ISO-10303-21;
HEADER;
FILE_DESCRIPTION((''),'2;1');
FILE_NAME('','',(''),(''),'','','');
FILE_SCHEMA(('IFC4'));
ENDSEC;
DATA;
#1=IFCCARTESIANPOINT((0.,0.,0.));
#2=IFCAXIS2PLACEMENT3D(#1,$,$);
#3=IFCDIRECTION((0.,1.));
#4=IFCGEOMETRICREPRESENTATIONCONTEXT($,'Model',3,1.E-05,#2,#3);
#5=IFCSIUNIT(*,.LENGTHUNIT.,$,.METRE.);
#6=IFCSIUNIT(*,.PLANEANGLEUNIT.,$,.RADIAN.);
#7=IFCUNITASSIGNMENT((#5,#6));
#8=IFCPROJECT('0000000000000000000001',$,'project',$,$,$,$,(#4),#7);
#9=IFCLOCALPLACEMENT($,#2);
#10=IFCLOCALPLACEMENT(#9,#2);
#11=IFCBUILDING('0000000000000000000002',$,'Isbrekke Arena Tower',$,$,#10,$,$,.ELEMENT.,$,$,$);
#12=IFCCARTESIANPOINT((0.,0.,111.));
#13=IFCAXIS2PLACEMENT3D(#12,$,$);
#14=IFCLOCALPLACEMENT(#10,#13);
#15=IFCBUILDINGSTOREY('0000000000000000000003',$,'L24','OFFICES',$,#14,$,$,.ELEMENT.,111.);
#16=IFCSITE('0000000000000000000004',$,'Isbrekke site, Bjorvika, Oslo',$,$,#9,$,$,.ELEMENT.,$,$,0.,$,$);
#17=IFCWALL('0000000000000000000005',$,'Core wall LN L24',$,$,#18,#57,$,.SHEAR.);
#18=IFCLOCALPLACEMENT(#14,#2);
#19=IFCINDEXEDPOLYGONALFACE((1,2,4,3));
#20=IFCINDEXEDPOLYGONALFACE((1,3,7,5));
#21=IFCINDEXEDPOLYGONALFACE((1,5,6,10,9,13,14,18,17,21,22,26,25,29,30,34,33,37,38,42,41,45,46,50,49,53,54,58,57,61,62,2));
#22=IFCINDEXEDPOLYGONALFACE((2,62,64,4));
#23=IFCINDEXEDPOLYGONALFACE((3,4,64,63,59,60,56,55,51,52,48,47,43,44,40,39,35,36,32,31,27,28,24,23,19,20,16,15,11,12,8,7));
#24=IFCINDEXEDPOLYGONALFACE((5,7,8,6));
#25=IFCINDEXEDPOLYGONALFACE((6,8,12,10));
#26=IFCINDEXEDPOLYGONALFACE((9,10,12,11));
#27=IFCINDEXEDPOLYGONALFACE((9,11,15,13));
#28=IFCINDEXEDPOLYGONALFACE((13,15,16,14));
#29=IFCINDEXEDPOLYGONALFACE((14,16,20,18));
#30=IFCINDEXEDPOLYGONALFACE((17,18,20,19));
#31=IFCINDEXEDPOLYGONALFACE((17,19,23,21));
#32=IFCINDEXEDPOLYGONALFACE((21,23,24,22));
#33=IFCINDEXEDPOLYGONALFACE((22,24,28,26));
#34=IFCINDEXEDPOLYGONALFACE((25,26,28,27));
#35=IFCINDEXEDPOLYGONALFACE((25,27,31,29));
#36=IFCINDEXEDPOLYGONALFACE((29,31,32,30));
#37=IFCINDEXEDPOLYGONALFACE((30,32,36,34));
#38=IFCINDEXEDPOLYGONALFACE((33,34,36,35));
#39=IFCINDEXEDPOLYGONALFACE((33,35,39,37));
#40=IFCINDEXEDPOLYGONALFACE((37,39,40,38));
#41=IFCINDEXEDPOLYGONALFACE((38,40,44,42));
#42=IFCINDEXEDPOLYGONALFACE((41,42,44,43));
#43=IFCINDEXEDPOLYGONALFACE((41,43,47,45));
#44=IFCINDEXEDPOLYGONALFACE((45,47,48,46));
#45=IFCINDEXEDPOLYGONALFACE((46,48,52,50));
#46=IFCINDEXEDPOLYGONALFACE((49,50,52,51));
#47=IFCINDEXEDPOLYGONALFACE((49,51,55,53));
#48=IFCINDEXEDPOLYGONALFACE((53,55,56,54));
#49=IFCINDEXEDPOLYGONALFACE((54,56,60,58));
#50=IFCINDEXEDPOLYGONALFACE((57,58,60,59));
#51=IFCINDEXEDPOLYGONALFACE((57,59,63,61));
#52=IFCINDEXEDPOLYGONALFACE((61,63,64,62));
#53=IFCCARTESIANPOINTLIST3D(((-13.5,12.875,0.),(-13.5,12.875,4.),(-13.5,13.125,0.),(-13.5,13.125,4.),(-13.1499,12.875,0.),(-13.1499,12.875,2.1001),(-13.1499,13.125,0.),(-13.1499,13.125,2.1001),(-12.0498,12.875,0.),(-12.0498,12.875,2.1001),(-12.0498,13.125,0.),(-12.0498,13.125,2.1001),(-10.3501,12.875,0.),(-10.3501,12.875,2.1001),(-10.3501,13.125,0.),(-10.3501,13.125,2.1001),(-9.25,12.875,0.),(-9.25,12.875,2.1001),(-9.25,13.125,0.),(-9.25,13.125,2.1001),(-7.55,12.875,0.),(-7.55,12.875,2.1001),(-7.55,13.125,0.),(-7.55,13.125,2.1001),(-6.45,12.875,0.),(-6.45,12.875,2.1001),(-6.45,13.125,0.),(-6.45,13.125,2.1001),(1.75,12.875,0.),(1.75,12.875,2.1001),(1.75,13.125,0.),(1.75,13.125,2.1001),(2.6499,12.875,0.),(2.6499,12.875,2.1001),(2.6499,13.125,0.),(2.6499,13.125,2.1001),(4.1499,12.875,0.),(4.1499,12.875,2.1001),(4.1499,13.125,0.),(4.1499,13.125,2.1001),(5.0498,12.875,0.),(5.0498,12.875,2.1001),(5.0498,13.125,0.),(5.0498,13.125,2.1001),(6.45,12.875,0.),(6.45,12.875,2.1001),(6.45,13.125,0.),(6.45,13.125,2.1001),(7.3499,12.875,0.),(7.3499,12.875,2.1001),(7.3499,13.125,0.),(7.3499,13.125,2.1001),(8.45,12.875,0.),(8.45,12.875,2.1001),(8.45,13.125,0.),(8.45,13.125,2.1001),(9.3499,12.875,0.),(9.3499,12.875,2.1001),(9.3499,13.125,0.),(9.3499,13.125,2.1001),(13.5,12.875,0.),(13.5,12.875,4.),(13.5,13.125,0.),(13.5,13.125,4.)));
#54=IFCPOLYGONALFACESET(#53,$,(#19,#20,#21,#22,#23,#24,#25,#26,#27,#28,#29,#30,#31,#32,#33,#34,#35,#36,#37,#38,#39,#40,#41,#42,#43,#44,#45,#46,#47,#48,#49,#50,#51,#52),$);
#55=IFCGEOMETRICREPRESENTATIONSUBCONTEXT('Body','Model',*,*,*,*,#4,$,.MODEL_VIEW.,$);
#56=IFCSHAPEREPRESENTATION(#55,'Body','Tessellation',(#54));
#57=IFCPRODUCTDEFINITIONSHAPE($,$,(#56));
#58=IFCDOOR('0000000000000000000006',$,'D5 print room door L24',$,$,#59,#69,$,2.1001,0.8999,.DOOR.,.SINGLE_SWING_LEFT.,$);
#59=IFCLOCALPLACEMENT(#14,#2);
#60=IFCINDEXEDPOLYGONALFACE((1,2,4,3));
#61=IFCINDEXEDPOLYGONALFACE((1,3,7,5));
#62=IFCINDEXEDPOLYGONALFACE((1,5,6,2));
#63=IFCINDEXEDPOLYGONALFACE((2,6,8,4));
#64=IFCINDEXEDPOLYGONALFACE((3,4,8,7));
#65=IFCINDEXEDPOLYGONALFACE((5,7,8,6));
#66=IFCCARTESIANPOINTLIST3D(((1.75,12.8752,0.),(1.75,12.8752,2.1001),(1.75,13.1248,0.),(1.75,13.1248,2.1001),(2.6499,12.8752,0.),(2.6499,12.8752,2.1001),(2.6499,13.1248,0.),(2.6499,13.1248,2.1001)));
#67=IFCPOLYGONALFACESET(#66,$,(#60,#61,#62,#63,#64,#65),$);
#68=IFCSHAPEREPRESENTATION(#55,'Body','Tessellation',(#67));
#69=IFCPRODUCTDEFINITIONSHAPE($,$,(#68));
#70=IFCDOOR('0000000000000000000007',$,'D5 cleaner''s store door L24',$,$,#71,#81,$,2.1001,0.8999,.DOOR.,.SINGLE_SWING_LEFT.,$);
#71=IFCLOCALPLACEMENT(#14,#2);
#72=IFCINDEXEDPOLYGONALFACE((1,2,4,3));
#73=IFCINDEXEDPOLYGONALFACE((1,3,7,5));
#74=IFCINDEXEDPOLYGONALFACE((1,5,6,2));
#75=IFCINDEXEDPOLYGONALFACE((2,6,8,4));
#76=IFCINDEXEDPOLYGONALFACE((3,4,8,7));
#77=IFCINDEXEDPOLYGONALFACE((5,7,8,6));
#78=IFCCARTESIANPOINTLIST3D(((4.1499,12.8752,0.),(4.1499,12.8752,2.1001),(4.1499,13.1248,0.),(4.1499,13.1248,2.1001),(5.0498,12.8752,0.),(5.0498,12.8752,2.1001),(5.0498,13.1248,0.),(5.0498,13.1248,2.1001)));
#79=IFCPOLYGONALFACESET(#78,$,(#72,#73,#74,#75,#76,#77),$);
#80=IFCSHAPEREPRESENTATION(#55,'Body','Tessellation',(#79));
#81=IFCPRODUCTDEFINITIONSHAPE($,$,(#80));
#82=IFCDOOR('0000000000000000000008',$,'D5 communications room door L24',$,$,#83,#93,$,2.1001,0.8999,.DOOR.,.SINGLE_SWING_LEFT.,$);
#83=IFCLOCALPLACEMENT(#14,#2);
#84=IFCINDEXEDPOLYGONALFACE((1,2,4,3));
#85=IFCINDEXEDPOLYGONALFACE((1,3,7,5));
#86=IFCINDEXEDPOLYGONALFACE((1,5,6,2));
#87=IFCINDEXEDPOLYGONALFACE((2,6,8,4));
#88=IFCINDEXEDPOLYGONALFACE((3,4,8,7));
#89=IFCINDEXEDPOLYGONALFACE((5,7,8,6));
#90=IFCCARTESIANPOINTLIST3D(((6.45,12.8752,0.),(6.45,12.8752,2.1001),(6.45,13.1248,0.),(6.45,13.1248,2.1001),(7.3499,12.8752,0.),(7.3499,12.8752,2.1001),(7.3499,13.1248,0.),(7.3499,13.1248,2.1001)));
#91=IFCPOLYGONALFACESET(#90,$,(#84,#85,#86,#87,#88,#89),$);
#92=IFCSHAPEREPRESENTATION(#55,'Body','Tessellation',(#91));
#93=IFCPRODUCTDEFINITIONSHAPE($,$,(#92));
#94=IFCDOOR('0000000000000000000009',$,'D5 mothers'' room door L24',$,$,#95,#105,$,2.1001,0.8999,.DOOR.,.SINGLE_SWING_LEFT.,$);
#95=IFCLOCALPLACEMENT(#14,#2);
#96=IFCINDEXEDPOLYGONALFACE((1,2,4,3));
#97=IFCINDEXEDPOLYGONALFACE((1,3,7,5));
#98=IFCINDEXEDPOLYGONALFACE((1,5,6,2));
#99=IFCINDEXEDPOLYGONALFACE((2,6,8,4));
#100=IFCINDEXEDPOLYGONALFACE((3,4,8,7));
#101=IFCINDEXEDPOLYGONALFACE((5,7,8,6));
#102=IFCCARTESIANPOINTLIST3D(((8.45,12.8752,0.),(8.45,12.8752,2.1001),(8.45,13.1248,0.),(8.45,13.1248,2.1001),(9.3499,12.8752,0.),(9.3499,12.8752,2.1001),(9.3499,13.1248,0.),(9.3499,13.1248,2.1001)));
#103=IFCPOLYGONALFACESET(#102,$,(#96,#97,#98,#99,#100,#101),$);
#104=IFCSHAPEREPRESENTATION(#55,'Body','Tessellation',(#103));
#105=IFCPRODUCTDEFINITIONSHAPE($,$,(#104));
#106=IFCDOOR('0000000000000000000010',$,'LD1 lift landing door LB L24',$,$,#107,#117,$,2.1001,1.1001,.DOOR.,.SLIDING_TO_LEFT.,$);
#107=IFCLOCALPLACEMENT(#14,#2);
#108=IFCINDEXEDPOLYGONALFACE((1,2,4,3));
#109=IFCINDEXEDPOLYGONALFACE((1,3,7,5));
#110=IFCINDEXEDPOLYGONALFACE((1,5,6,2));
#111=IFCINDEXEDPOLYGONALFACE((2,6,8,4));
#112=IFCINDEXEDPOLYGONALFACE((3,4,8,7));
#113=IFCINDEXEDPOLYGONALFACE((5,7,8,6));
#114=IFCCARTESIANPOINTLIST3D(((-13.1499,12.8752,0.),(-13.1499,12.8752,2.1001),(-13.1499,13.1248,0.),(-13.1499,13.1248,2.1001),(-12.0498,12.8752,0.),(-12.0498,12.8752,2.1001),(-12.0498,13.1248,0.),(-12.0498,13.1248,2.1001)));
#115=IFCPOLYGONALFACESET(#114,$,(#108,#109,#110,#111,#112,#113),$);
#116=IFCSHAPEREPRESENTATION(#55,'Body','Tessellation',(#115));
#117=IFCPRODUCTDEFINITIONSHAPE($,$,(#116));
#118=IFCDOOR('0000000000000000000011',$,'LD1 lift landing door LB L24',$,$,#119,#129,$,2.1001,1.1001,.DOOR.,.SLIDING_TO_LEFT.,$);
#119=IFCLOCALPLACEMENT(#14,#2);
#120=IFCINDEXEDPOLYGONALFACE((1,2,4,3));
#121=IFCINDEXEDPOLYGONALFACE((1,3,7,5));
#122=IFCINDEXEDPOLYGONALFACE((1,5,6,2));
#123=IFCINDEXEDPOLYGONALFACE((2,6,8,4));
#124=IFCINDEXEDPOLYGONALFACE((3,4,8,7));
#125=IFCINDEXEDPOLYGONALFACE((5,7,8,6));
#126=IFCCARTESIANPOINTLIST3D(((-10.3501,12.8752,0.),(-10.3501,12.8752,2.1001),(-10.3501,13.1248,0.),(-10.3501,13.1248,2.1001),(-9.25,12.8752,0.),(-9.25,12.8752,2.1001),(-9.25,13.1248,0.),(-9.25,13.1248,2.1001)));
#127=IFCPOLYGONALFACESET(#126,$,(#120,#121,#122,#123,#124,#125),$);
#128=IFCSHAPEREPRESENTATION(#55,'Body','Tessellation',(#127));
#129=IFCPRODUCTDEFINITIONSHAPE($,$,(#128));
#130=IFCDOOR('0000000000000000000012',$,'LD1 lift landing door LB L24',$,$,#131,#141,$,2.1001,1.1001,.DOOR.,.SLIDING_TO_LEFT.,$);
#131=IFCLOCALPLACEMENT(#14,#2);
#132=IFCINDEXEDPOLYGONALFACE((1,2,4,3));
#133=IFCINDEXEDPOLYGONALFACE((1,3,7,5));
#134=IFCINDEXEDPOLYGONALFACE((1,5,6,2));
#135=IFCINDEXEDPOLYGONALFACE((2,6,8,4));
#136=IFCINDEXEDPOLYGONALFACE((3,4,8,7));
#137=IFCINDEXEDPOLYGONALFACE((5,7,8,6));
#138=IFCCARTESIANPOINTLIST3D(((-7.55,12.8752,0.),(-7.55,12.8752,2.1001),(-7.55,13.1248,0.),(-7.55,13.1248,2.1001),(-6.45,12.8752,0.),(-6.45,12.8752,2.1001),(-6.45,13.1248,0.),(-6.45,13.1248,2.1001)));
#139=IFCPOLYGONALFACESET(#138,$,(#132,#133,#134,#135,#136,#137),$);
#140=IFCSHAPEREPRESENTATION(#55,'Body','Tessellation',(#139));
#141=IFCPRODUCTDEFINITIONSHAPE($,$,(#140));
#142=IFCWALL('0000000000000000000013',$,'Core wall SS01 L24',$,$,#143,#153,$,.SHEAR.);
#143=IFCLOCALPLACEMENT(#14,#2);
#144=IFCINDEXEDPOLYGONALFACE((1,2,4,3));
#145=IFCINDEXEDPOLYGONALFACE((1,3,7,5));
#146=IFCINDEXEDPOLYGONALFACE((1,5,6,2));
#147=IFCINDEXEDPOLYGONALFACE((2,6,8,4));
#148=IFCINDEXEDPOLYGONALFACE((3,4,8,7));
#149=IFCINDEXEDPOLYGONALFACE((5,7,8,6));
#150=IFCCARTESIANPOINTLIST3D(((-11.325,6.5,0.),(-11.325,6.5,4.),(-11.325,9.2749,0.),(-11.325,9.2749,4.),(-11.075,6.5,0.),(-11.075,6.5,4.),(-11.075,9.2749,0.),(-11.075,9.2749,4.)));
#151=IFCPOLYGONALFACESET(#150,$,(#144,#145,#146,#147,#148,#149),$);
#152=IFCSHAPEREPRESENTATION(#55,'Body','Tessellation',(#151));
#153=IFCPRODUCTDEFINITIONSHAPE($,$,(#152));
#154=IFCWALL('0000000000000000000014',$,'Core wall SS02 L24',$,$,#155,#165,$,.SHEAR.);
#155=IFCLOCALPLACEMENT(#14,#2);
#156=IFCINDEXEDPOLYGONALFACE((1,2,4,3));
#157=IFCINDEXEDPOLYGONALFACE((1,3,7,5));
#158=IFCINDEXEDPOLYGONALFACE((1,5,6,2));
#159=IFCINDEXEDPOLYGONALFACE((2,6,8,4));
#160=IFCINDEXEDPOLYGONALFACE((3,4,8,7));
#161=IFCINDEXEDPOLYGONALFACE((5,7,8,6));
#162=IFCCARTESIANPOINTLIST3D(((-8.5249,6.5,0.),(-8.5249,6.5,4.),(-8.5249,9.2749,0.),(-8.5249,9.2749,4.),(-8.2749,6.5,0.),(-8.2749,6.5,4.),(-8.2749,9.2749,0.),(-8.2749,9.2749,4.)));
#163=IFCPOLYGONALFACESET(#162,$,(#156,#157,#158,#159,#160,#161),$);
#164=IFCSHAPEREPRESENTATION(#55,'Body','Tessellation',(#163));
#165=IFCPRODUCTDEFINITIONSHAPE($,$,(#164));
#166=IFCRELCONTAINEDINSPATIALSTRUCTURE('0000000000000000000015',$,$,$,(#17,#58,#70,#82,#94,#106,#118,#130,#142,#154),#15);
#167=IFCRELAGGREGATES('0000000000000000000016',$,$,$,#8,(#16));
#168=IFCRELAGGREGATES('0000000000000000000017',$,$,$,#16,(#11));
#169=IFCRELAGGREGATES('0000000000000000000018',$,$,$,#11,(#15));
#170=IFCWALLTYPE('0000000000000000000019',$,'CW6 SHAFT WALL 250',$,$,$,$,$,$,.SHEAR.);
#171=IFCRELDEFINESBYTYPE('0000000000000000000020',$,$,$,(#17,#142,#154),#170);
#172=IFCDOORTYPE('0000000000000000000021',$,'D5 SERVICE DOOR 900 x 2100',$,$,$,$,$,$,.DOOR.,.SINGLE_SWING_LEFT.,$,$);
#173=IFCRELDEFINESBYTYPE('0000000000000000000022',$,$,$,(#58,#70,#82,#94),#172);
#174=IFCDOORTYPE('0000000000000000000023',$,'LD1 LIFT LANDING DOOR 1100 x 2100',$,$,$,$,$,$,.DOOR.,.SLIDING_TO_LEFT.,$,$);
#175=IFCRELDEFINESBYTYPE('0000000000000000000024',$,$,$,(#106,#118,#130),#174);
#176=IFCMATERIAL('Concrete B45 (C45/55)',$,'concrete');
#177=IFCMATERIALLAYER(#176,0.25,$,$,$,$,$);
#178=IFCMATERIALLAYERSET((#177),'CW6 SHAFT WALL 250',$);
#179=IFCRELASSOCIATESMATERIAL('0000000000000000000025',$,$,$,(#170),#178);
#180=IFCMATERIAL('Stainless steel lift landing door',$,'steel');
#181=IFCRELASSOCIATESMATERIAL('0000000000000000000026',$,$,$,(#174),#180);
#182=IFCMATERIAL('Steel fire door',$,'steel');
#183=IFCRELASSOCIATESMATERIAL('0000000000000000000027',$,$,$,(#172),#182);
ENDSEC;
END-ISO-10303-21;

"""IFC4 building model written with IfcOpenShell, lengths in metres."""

from ifc_helpers import new_model, si_unit, direction, frame, frame_2d, origin, place, context, subcontext, project, spatial, rectangle, extrude, material, layer, layer_set, type_object, element, fill, save


model = new_model("IFC4")

# Units and contexts
model_context = context("Model", 3, precision=1e-05, world=origin(), true_north=direction((0.0, 1.0)))
body_context = subcontext(model_context, "Body", "Model", "MODEL_VIEW")
ifc_project = project(units=[si_unit("LENGTHUNIT", "METRE"), si_unit("PLANEANGLEUNIT", "RADIAN")], contexts=[model_context])

# Site, building, storey
site_placement = place(None, origin())
site = spatial("IfcSite", under=ifc_project, at=site_placement, Name="Isbrekke site, Bjorvika, Oslo", CompositionType="ELEMENT", RefElevation=0.0)
building_placement = place(site_placement, origin())
building = spatial("IfcBuilding", under=site, at=building_placement, Name="Isbrekke Arena Tower", CompositionType="ELEMENT")
storey_placement = place(building_placement, frame((0.0, 0.0, 111.0)))
storey = spatial("IfcBuildingStorey", under=building, at=storey_placement, Name="L24", Description="OFFICES", CompositionType="ELEMENT", Elevation=111.0)

# Wall, openings, doors
ifc_material_1 = material(Name="Concrete B45 (C45/55)", Category="concrete")
ifc_layer_1 = layer(ifc_material_1, 0.25)
ifc_layer_set_1 = layer_set([ifc_layer_1], Name="CW6 SHAFT WALL 250")
wall_type_1 = type_object("IfcWallType", Name="CW6 SHAFT WALL 250", PredefinedType="SHEAR", material=ifc_layer_set_1)
ifc_material_2 = material(Name="Stainless steel lift landing door", Category="steel")
door_type_1 = type_object("IfcDoorType", Name="LD1 LIFT LANDING DOOR 1100 x 2100", OperationType="SLIDING_TO_LEFT", PredefinedType="DOOR", material=ifc_material_2)
wall_1_placement = place(storey_placement, frame((-13.5, 13.0, 0.0), z_axis=(0.0, 0.0, 1.0), x_axis=(1.0, 0.0, 0.0)))
wall_1 = element("IfcWall", 1, at=wall_1_placement, inside=storey, type_object=wall_type_1, Name="Core wall LN L24", PredefinedType="SHEAR", context=body_context, shape_type="SweptSolid", body=[
    extrude(rectangle(XDim=27.0, YDim=0.25, at=frame_2d((13.5, 0.0))), origin(), (0.0, 0.0, 1.0), 4.0),
])
opening_1_placement = place(wall_1_placement, frame((0.3501, 0.0, 0.0)))
opening_1 = element("IfcOpeningElement", 2, at=opening_1_placement, cuts=wall_1, PredefinedType="OPENING", context=body_context, shape_type="SweptSolid", body=[
    extrude(rectangle(XDim=1.1001, YDim=2.1001, at=frame_2d((0.55, 1.05))), frame((0.0, 0.1399, 0.0), z_axis=(0.0, -1.0, 0.0), x_axis=(1.0, 0.0, 0.0)), (0.0, 0.0, 1.0), 0.2798),
])
opening_2_placement = place(wall_1_placement, frame((3.1499, 0.0, 0.0)))
opening_2 = element("IfcOpeningElement", 3, at=opening_2_placement, cuts=wall_1, PredefinedType="OPENING", context=body_context, shape_type="SweptSolid", body=[
    extrude(rectangle(XDim=1.1001, YDim=2.1001, at=frame_2d((0.55, 1.05))), frame((0.0, 0.1399, 0.0), z_axis=(0.0, -1.0, 0.0), x_axis=(1.0, 0.0, 0.0)), (0.0, 0.0, 1.0), 0.2798),
])
opening_3_placement = place(wall_1_placement, frame((5.95, 0.0, 0.0)))
opening_3 = element("IfcOpeningElement", 4, at=opening_3_placement, cuts=wall_1, PredefinedType="OPENING", context=body_context, shape_type="SweptSolid", body=[
    extrude(rectangle(XDim=1.1001, YDim=2.1001, at=frame_2d((0.55, 1.05))), frame((0.0, 0.1399, 0.0), z_axis=(0.0, -1.0, 0.0), x_axis=(1.0, 0.0, 0.0)), (0.0, 0.0, 1.0), 0.2798),
])
opening_4_placement = place(wall_1_placement, frame((15.25, 0.0, 0.0)))
opening_4 = element("IfcOpeningElement", 5, at=opening_4_placement, cuts=wall_1, PredefinedType="OPENING", context=body_context, shape_type="SweptSolid", body=[
    extrude(rectangle(XDim=0.8999, YDim=2.1001, at=frame_2d((0.45, 1.05))), frame((0.0, 0.1399, 0.0), z_axis=(0.0, -1.0, 0.0), x_axis=(1.0, 0.0, 0.0)), (0.0, 0.0, 1.0), 0.2798),
])
opening_5_placement = place(wall_1_placement, frame((17.6499, 0.0, 0.0)))
opening_5 = element("IfcOpeningElement", 6, at=opening_5_placement, cuts=wall_1, PredefinedType="OPENING", context=body_context, shape_type="SweptSolid", body=[
    extrude(rectangle(XDim=0.8999, YDim=2.1001, at=frame_2d((0.45, 1.05))), frame((0.0, 0.1399, 0.0), z_axis=(0.0, -1.0, 0.0), x_axis=(1.0, 0.0, 0.0)), (0.0, 0.0, 1.0), 0.2798),
])
opening_6_placement = place(wall_1_placement, frame((19.95, 0.0, 0.0)))
opening_6 = element("IfcOpeningElement", 7, at=opening_6_placement, cuts=wall_1, PredefinedType="OPENING", context=body_context, shape_type="SweptSolid", body=[
    extrude(rectangle(XDim=0.8999, YDim=2.1001, at=frame_2d((0.45, 1.05))), frame((0.0, 0.1399, 0.0), z_axis=(0.0, -1.0, 0.0), x_axis=(1.0, 0.0, 0.0)), (0.0, 0.0, 1.0), 0.2798),
])
opening_7_placement = place(wall_1_placement, frame((21.95, 0.0, 0.0)))
opening_7 = element("IfcOpeningElement", 8, at=opening_7_placement, cuts=wall_1, PredefinedType="OPENING", context=body_context, shape_type="SweptSolid", body=[
    extrude(rectangle(XDim=0.8999, YDim=2.1001, at=frame_2d((0.45, 1.05))), frame((0.0, 0.1399, 0.0), z_axis=(0.0, -1.0, 0.0), x_axis=(1.0, 0.0, 0.0)), (0.0, 0.0, 1.0), 0.2798),
])
ifc_material_3 = material(Name="Steel fire door", Category="steel")
door_type_2 = type_object("IfcDoorType", Name="D5 SERVICE DOOR 900 x 2100", OperationType="SINGLE_SWING_LEFT", PredefinedType="DOOR", material=ifc_material_3)
door_1_placement = place(opening_4_placement, origin())
door_1 = element("IfcDoor", 9, at=door_1_placement, inside=storey, type_object=door_type_2, Name="D5 print room door L24", OperationType="SINGLE_SWING_LEFT", OverallHeight=2.1001, OverallWidth=0.8999, PredefinedType="DOOR", context=body_context, shape_type="SweptSolid", body=[
    extrude(rectangle(XDim=0.8999, YDim=2.1001, at=frame_2d((0.45, 1.05))), frame((0.0, 0.1248, 0.0), z_axis=(0.0, -1.0, 0.0), x_axis=(1.0, 0.0, 0.0)), (0.0, 0.0, 1.0), 0.2495),
])
fill(opening_4, door_1)
door_2_placement = place(opening_5_placement, origin())
door_2 = element("IfcDoor", 10, at=door_2_placement, inside=storey, type_object=door_type_2, Name="D5 cleaner's store door L24", OperationType="SINGLE_SWING_LEFT", OverallHeight=2.1001, OverallWidth=0.8999, PredefinedType="DOOR", context=body_context, shape_type="SweptSolid", body=[
    extrude(rectangle(XDim=0.8999, YDim=2.1001, at=frame_2d((0.45, 1.05))), frame((0.0, 0.1248, 0.0), z_axis=(0.0, -1.0, 0.0), x_axis=(1.0, 0.0, 0.0)), (0.0, 0.0, 1.0), 0.2495),
])
fill(opening_5, door_2)
door_3_placement = place(opening_6_placement, origin())
door_3 = element("IfcDoor", 11, at=door_3_placement, inside=storey, type_object=door_type_2, Name="D5 communications room door L24", OperationType="SINGLE_SWING_LEFT", OverallHeight=2.1001, OverallWidth=0.8999, PredefinedType="DOOR", context=body_context, shape_type="SweptSolid", body=[
    extrude(rectangle(XDim=0.8999, YDim=2.1001, at=frame_2d((0.45, 1.05))), frame((0.0, 0.1248, 0.0), z_axis=(0.0, -1.0, 0.0), x_axis=(1.0, 0.0, 0.0)), (0.0, 0.0, 1.0), 0.2495),
])
fill(opening_6, door_3)
door_4_placement = place(opening_7_placement, origin())
door_4 = element("IfcDoor", 12, at=door_4_placement, inside=storey, type_object=door_type_2, Name="D5 mothers' room door L24", OperationType="SINGLE_SWING_LEFT", OverallHeight=2.1001, OverallWidth=0.8999, PredefinedType="DOOR", context=body_context, shape_type="SweptSolid", body=[
    extrude(rectangle(XDim=0.8999, YDim=2.1001, at=frame_2d((0.45, 1.05))), frame((0.0, 0.1248, 0.0), z_axis=(0.0, -1.0, 0.0), x_axis=(1.0, 0.0, 0.0)), (0.0, 0.0, 1.0), 0.2495),
])
fill(opening_7, door_4)
door_5_placement = place(opening_1_placement, origin())
door_5 = element("IfcDoor", 13, at=door_5_placement, inside=storey, type_object=door_type_1, Name="LD1 lift landing door LB L24", OperationType="SLIDING_TO_LEFT", OverallHeight=2.1001, OverallWidth=1.1001, PredefinedType="DOOR", context=body_context, shape_type="SweptSolid", body=[
    extrude(rectangle(XDim=1.1001, YDim=2.1001, at=frame_2d((0.55, 1.05))), frame((0.0, 0.1248, 0.0), z_axis=(0.0, -1.0, 0.0), x_axis=(1.0, 0.0, 0.0)), (0.0, 0.0, 1.0), 0.2495),
])
fill(opening_1, door_5)
door_6_placement = place(opening_2_placement, origin())
door_6 = element("IfcDoor", 14, at=door_6_placement, inside=storey, type_object=door_type_1, Name="LD1 lift landing door LB L24", OperationType="SLIDING_TO_LEFT", OverallHeight=2.1001, OverallWidth=1.1001, PredefinedType="DOOR", context=body_context, shape_type="SweptSolid", body=[
    extrude(rectangle(XDim=1.1001, YDim=2.1001, at=frame_2d((0.55, 1.05))), frame((0.0, 0.1248, 0.0), z_axis=(0.0, -1.0, 0.0), x_axis=(1.0, 0.0, 0.0)), (0.0, 0.0, 1.0), 0.2495),
])
fill(opening_2, door_6)
door_7_placement = place(opening_3_placement, origin())
door_7 = element("IfcDoor", 15, at=door_7_placement, inside=storey, type_object=door_type_1, Name="LD1 lift landing door LB L24", OperationType="SLIDING_TO_LEFT", OverallHeight=2.1001, OverallWidth=1.1001, PredefinedType="DOOR", context=body_context, shape_type="SweptSolid", body=[
    extrude(rectangle(XDim=1.1001, YDim=2.1001, at=frame_2d((0.55, 1.05))), frame((0.0, 0.1248, 0.0), z_axis=(0.0, -1.0, 0.0), x_axis=(1.0, 0.0, 0.0)), (0.0, 0.0, 1.0), 0.2495),
])
fill(opening_3, door_7)

# Walls
for number, where, z_axis, x_axis, name in (
    (16, (-11.2, 6.5, 0.0), (0.0, 0.0, 1.0), (0.0, 1.0, 0.0), "Core wall SS01 L24"),
    (17, (-8.3999, 6.5, 0.0), (0.0, 0.0, 1.0), (0.0, 1.0, 0.0), "Core wall SS02 L24"),
):
    element("IfcWall", number, at=place(storey_placement, frame(where, z_axis=z_axis, x_axis=x_axis)), inside=storey, type_object=wall_type_1, Name=name, PredefinedType="SHEAR", context=body_context, shape_type="SweptSolid", body=[
        extrude(rectangle(XDim=2.7749, YDim=0.25, at=frame_2d((1.3875, 0.0))), origin(), (0.0, 0.0, 1.0), 4.0),
    ])

save(model, "model.ifc")
